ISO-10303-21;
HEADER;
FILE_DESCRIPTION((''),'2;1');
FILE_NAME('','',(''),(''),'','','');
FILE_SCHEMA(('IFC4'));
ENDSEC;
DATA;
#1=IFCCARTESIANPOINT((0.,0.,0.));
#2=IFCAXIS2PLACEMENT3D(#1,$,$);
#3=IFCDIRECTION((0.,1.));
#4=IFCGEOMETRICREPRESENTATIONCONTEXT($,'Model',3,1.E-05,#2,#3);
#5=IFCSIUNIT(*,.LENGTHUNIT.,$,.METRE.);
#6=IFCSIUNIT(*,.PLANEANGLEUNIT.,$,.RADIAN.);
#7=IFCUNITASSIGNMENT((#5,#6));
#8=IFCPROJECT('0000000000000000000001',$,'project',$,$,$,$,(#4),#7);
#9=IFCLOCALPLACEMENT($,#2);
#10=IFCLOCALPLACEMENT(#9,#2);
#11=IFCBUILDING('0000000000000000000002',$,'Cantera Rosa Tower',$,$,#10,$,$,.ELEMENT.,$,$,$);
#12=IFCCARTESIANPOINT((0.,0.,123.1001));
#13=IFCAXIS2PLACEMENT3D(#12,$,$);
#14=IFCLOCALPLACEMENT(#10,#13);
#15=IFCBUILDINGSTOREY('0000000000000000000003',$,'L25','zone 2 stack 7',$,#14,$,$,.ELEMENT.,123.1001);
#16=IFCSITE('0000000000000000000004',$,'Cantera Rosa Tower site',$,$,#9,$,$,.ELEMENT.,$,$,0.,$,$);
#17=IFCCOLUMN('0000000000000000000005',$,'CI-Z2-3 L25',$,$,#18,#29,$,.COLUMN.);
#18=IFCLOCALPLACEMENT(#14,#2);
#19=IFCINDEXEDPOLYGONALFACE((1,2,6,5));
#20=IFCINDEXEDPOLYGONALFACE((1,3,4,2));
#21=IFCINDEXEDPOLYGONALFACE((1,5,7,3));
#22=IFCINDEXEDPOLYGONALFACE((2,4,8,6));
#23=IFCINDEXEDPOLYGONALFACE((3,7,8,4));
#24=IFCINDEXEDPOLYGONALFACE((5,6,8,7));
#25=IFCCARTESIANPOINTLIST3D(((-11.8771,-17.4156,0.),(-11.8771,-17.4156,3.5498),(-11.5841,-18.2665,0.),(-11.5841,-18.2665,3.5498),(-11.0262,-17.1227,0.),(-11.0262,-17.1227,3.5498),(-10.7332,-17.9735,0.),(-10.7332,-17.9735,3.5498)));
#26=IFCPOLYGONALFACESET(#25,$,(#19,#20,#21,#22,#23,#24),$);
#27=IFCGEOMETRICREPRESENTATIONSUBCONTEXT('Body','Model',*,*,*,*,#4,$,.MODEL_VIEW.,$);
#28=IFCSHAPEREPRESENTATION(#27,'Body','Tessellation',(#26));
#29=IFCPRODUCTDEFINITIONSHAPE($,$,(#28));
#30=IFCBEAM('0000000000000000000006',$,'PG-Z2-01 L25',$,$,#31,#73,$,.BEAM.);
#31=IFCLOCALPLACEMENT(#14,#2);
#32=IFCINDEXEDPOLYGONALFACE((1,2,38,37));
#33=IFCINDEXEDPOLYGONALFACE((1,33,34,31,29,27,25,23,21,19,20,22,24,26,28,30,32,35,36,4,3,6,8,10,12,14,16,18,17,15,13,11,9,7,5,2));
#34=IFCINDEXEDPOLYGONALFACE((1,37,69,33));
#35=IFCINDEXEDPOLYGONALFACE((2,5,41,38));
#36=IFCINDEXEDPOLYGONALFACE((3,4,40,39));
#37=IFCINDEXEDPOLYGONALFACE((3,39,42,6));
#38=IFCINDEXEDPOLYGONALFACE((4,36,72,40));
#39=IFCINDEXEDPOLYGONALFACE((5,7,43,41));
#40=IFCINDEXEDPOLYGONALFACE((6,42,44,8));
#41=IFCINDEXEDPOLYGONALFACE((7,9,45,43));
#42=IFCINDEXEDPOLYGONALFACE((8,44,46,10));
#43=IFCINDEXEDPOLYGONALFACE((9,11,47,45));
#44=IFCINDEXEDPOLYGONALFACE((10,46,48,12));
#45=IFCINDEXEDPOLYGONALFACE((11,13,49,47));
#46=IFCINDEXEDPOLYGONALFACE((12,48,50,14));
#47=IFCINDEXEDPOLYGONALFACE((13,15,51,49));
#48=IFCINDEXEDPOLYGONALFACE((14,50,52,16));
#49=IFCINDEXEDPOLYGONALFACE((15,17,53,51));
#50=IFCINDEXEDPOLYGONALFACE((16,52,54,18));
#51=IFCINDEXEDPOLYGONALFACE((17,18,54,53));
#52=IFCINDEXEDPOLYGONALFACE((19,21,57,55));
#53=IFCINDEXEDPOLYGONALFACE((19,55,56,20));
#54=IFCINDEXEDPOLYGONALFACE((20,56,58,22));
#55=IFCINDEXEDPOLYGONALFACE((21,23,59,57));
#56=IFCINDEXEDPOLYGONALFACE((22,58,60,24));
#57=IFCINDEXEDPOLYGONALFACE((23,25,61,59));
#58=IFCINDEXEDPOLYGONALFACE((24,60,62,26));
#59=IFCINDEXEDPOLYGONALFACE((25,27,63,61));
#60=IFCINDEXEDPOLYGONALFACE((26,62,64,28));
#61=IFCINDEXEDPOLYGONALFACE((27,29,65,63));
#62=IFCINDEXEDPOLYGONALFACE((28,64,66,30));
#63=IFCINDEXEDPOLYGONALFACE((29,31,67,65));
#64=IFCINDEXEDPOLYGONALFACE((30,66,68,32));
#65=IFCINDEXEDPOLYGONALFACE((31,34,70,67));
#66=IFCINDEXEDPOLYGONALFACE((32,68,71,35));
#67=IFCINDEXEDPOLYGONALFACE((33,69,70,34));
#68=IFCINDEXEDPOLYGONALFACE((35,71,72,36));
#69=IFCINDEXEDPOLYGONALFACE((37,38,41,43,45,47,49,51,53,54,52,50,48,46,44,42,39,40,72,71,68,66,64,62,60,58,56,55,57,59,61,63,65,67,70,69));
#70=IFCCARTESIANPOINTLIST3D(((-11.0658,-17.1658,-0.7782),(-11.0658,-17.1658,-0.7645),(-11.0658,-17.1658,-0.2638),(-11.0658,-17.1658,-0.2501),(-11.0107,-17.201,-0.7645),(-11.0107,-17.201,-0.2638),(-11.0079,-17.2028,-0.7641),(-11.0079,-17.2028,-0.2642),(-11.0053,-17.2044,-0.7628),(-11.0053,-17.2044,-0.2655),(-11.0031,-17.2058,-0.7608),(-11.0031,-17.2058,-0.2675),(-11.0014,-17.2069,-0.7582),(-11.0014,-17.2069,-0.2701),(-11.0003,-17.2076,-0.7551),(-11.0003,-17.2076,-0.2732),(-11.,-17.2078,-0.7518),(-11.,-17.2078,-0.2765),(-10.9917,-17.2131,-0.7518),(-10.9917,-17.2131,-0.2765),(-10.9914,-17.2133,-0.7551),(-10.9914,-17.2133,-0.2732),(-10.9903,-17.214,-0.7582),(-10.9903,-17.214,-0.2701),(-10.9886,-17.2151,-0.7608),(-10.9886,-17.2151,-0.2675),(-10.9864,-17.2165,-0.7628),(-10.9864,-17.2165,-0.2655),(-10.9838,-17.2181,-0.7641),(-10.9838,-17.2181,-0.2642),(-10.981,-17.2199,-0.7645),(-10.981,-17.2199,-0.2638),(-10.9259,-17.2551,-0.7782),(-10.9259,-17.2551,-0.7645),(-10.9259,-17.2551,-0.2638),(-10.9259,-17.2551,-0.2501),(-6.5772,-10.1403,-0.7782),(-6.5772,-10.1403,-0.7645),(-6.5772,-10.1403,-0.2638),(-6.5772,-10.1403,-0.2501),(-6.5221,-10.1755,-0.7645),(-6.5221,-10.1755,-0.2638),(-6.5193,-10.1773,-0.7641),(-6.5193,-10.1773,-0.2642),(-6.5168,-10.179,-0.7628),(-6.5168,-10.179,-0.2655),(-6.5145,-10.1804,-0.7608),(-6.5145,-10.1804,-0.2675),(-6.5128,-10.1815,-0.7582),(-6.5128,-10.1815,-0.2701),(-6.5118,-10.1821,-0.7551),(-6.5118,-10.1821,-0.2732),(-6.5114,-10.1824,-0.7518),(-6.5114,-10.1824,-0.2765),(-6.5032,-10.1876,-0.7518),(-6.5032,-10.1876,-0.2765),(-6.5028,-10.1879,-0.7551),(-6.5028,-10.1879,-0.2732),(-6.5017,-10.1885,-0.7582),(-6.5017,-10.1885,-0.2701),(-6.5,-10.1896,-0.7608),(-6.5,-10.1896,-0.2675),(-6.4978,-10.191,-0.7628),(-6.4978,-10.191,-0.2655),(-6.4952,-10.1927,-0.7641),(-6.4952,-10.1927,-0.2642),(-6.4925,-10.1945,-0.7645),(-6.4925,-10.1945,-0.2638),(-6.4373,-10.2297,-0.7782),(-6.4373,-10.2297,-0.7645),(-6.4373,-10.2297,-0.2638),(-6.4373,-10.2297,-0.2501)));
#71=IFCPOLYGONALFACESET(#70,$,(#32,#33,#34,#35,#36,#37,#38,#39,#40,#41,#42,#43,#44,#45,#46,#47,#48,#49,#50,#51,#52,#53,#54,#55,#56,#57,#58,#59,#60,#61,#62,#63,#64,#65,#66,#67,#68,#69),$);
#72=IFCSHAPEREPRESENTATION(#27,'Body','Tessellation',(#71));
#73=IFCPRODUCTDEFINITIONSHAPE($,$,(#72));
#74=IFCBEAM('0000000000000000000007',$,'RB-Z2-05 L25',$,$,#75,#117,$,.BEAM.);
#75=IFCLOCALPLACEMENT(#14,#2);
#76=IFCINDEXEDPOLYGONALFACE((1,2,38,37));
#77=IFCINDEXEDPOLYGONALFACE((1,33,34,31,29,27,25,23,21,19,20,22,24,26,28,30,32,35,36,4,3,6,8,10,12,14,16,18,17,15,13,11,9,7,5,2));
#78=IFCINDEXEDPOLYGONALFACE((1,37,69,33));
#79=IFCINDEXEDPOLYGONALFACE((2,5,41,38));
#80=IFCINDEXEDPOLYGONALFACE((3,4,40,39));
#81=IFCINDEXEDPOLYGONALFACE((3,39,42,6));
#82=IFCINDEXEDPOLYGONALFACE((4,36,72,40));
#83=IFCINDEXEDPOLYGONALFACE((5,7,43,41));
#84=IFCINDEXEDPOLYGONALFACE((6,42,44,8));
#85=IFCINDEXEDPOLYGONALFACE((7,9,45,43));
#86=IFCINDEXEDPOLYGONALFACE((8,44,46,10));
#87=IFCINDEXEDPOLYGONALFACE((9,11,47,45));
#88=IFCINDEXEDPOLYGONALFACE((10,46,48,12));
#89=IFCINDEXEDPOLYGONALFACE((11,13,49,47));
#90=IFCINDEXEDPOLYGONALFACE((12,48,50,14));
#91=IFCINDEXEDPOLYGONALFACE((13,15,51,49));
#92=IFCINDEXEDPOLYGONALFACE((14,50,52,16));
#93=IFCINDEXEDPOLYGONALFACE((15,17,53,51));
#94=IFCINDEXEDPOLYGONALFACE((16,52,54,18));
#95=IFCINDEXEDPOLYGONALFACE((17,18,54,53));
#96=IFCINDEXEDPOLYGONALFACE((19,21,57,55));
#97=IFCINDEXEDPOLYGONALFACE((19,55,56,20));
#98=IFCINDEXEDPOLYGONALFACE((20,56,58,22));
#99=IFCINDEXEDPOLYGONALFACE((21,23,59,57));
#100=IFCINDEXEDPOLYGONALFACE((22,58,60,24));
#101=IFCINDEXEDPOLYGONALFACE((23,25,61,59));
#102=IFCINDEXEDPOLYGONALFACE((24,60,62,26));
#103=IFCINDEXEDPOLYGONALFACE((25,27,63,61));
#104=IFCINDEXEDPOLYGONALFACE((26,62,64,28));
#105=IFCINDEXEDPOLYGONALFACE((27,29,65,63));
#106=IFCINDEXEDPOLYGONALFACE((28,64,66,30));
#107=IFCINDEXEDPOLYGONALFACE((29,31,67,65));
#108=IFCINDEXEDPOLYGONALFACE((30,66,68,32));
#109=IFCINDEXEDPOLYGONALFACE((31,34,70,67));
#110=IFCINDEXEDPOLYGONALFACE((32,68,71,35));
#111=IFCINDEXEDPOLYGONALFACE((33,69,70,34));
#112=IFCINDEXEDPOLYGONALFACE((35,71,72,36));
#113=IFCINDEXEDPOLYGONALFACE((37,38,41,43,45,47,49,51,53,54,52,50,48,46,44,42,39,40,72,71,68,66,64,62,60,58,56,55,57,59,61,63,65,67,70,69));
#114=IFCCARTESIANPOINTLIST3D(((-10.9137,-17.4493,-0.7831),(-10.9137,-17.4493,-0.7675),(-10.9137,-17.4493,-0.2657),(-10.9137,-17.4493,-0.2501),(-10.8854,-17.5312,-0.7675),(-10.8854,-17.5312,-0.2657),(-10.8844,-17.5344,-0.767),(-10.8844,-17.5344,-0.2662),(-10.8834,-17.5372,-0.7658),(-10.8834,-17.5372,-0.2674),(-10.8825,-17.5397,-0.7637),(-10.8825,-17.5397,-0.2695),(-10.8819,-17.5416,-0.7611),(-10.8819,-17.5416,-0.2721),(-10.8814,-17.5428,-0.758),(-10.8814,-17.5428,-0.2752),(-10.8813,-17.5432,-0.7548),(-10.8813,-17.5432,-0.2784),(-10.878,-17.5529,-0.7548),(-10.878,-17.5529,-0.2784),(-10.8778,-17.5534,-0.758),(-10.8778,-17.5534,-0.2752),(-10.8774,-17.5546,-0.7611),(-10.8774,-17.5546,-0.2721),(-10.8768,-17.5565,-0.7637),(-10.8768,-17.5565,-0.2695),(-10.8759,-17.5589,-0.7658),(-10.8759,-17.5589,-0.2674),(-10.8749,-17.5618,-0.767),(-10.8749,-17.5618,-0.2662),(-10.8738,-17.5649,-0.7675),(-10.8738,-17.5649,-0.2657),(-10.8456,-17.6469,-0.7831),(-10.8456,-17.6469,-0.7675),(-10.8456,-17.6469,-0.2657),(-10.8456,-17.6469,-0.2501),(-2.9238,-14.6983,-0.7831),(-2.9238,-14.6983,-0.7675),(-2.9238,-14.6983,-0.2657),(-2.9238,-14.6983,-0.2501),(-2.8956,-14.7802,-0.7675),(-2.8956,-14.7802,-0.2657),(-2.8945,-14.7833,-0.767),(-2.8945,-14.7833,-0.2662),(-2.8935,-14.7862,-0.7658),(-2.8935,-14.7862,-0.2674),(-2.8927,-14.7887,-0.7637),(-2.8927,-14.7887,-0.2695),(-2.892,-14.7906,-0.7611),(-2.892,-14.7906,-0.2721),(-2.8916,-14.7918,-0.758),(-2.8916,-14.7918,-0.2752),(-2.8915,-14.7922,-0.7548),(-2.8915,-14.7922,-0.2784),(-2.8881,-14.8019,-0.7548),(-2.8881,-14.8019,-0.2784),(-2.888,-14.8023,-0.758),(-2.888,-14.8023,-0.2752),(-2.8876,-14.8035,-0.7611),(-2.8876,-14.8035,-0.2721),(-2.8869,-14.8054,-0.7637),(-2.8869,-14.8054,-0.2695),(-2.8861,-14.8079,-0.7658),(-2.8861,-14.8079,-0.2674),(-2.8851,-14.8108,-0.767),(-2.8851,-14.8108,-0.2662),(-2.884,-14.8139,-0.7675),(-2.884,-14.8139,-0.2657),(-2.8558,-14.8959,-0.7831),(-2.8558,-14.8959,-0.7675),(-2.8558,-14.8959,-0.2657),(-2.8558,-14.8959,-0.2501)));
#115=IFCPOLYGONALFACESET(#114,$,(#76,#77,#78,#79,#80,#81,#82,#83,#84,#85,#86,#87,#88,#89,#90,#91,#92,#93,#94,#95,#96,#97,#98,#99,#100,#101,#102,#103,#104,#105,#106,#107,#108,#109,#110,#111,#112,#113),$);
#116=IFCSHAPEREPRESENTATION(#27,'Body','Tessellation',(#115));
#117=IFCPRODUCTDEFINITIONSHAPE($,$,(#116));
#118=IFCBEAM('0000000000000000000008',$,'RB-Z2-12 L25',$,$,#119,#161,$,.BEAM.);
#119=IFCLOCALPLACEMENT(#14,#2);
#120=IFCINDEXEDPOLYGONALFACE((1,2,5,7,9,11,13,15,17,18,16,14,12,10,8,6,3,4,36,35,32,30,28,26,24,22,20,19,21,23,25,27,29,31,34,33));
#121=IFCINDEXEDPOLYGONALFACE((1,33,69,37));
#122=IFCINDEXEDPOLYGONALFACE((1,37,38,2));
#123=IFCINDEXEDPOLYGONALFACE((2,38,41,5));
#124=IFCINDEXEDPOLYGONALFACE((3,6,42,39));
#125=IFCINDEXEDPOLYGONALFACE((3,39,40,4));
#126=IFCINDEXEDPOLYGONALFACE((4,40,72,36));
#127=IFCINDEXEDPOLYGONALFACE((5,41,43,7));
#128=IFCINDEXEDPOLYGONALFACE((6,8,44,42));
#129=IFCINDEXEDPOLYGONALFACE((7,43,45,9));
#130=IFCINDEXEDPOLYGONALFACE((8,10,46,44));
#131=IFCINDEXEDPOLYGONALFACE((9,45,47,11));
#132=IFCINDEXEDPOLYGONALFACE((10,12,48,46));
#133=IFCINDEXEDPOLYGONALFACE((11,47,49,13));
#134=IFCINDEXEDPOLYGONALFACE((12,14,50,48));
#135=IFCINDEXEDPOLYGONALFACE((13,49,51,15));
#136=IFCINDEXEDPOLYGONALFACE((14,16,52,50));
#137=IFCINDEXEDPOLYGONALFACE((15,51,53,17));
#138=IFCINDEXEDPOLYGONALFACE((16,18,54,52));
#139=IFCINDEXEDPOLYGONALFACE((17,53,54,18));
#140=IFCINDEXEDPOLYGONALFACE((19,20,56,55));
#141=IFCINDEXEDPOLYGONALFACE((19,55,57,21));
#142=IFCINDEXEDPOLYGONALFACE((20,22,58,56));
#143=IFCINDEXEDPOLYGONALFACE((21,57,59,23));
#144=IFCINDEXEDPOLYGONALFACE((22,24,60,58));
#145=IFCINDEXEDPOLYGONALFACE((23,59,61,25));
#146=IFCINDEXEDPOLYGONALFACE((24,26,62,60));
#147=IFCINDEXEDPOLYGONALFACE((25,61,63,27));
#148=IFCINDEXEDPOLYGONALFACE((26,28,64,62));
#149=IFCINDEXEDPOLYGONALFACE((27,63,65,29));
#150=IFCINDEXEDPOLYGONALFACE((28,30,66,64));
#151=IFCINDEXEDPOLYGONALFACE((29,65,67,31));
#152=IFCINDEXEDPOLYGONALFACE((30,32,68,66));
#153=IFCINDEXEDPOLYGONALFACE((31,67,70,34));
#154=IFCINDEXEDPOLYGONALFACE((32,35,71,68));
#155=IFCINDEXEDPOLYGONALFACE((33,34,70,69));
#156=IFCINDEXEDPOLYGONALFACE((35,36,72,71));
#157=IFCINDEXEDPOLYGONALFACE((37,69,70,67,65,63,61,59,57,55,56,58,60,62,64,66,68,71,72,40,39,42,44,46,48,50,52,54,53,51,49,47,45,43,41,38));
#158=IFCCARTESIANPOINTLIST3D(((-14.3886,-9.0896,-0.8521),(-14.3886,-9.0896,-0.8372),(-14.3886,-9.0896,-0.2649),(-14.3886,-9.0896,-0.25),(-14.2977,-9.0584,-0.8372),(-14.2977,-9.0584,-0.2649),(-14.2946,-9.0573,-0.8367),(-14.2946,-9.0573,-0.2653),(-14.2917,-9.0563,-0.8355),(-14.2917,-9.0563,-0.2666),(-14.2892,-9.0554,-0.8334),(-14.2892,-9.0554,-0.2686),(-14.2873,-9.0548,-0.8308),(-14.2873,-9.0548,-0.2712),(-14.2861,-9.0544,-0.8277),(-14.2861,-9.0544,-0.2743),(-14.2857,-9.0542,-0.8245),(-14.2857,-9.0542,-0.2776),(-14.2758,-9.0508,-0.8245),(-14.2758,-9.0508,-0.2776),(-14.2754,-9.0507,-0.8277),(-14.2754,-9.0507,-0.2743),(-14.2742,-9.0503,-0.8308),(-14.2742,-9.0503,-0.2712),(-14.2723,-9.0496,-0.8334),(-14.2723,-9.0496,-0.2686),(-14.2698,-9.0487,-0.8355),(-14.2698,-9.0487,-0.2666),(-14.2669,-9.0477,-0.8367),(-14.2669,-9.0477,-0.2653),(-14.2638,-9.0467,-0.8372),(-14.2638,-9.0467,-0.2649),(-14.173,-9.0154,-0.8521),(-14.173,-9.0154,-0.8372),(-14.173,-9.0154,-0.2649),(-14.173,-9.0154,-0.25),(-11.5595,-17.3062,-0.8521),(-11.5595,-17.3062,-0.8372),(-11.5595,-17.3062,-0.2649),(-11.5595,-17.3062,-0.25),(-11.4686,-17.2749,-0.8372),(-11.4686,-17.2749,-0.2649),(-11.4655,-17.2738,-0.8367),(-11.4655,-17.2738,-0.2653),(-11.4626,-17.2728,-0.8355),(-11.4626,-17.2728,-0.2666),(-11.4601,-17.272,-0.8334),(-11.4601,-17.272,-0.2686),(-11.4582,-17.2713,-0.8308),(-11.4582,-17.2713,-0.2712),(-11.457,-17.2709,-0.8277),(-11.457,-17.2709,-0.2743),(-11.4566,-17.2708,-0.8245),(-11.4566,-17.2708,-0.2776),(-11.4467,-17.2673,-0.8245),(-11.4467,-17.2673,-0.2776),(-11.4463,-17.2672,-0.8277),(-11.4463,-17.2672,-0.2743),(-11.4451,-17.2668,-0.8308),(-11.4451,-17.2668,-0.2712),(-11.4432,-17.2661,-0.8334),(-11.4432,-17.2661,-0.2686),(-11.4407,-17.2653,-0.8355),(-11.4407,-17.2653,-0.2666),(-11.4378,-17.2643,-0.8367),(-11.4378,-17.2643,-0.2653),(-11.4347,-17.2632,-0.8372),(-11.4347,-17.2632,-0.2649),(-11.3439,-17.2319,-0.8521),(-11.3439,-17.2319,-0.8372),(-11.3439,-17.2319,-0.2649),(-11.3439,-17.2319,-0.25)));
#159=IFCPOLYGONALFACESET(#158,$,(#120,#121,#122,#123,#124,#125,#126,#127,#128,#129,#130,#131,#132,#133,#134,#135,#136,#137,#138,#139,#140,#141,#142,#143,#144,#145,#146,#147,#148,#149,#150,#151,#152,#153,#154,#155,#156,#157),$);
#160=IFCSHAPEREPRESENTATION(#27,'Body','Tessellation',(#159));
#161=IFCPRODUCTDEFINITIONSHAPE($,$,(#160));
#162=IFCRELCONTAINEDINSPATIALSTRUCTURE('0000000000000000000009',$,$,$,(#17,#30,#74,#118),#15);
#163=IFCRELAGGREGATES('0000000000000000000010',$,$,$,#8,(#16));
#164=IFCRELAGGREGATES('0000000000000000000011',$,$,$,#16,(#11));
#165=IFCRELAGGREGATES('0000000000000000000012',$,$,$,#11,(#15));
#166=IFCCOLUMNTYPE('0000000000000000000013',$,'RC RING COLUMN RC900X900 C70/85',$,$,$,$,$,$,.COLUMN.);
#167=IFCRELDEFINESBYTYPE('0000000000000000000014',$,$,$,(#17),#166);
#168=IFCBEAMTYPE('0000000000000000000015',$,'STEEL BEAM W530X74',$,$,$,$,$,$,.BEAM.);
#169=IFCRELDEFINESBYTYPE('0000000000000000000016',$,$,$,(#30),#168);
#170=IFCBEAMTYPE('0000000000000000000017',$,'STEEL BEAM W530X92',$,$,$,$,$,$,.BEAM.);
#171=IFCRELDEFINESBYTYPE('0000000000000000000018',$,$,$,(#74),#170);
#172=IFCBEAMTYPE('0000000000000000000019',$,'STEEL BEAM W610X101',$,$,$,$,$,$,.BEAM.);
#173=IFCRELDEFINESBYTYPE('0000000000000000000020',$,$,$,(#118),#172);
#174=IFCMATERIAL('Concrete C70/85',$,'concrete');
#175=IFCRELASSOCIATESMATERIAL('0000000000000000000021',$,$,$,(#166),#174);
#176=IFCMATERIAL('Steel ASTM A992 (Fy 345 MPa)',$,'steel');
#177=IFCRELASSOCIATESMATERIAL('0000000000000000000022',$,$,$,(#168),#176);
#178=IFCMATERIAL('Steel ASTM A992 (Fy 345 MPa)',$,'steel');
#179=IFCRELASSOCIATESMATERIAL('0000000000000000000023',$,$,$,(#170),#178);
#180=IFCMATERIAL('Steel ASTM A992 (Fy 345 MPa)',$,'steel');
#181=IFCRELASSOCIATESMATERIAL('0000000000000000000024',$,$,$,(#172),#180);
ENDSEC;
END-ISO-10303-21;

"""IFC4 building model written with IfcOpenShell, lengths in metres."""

from ifc_helpers import new_model, si_unit, direction, frame, origin, origin_2d, place, context, subcontext, project, spatial, rectangle, i_section, extrude, material, material_profile, profile_set, type_object, element, save


model = new_model("IFC4")

# Units and contexts
model_context = context("Model", 3, precision=1e-05, world=origin(), true_north=direction((0.0, 1.0)))
body_context = subcontext(model_context, "Body", "Model", "MODEL_VIEW")
ifc_project = project(units=[si_unit("LENGTHUNIT", "METRE"), si_unit("PLANEANGLEUNIT", "RADIAN")], contexts=[model_context])

# Site, building, storey
site_placement = place(None, origin())
site = spatial("IfcSite", under=ifc_project, at=site_placement, Name="Cantera Rosa Tower site", CompositionType="ELEMENT", RefElevation=0.0)
building_placement = place(site_placement, origin())
building = spatial("IfcBuilding", under=site, at=building_placement, Name="Cantera Rosa Tower", CompositionType="ELEMENT")
storey_placement = place(building_placement, frame((0.0, 0.0, 123.1001)))
storey = spatial("IfcBuildingStorey", under=building, at=storey_placement, Name="L25", Description="zone 2 stack 7", CompositionType="ELEMENT", Elevation=123.1001)

# Column
ifc_material_1 = material(Name="Concrete C70/85", Category="concrete")
ifc_material_profile_1 = material_profile(ifc_material_1, rectangle(XDim=0.8999, YDim=0.8999, at=origin_2d()), Name="RC RING COLUMN RC900X900 C70/85")
ifc_profile_set_1 = profile_set([ifc_material_profile_1], Name="Concrete C70/85")
column_type = type_object("IfcColumnType", Name="RC RING COLUMN RC900X900 C70/85", PredefinedType="COLUMN", material=ifc_profile_set_1)
column_placement = place(storey_placement, frame((-11.3052, -17.6946, 0.0), z_axis=(0.0, 0.0, 1.0), x_axis=(0.945519, 0.325568, 0.0)))
element("IfcColumn", 1, at=column_placement, inside=storey, type_object=column_type, Name="CI-Z2-3 L25", PredefinedType="COLUMN", context=body_context, shape_type="SweptSolid", body=[
    extrude(rectangle(XDim=0.8999, YDim=0.8999, at=origin_2d()), origin(), (0.0, 0.0, 1.0), 3.5498),
])

# Beams
ifc_material_2 = material(Name="Steel ASTM A992 (Fy 345 MPa)", Category="steel")
ifc_material_profile_2 = material_profile(ifc_material_2, i_section(OverallWidth=0.166, OverallDepth=0.5281, WebThickness=0.0098, FlangeThickness=0.0137, FilletRadius=0.0127, at=origin_2d()), Name="W530X74")
ifc_profile_set_2 = profile_set([ifc_material_profile_2], Name="Steel ASTM A992 (Fy 345 MPa)")
beam_type_1 = type_object("IfcBeamType", Name="STEEL BEAM W530X74", PredefinedType="BEAM", material=ifc_profile_set_2)
beam_1_placement = place(storey_placement, frame((-10.9958, -17.2104, -0.5142), z_axis=(0.538396, 0.842692, 0.0), x_axis=(-0.842692, 0.538396, 0.0)))
element("IfcBeam", 2, at=beam_1_placement, inside=storey, type_object=beam_type_1, Name="PG-Z2-01 L25", PredefinedType="BEAM", context=body_context, shape_type="SweptSolid", body=[
    extrude(i_section(OverallWidth=0.166, OverallDepth=0.5281, WebThickness=0.0098, FlangeThickness=0.0137, FilletRadius=0.0127, at=origin_2d()), origin(), (0.0, 0.0, 1.0), 8.3369),
])
ifc_material_3 = material(Name="Steel ASTM A992 (Fy 345 MPa)", Category="steel")
ifc_material_profile_3 = material_profile(ifc_material_3, i_section(OverallWidth=0.209, OverallDepth=0.533, WebThickness=0.0103, FlangeThickness=0.0156, FilletRadius=0.0127, at=origin_2d()), Name="W530X92")
ifc_profile_set_3 = profile_set([ifc_material_profile_3], Name="Steel ASTM A992 (Fy 345 MPa)")
beam_type_2 = type_object("IfcBeamType", Name="STEEL BEAM W530X92", PredefinedType="BEAM", material=ifc_profile_set_3)
beam_2_placement = place(storey_placement, frame((-10.8796, -17.5481, -0.5166), z_axis=(0.945523, 0.325556, 0.0), x_axis=(-0.325556, 0.945523, 0.0)))
element("IfcBeam", 3, at=beam_2_placement, inside=storey, type_object=beam_type_2, Name="RB-Z2-05 L25", PredefinedType="BEAM", context=body_context, shape_type="SweptSolid", body=[
    extrude(i_section(OverallWidth=0.209, OverallDepth=0.533, WebThickness=0.0103, FlangeThickness=0.0156, FilletRadius=0.0127, at=origin_2d()), origin(), (0.0, 0.0, 1.0), 8.4502),
])
ifc_material_4 = material(Name="Steel ASTM A992 (Fy 345 MPa)", Category="steel")
ifc_material_profile_4 = material_profile(ifc_material_4, i_section(OverallWidth=0.228, OverallDepth=0.6021, WebThickness=0.0105, FlangeThickness=0.0149, FilletRadius=0.0127, at=origin_2d()), Name="W610X101")
ifc_profile_set_4 = profile_set([ifc_material_profile_4], Name="Steel ASTM A992 (Fy 345 MPa)")
beam_type_3 = type_object("IfcBeamType", Name="STEEL BEAM W610X101", PredefinedType="BEAM", material=ifc_profile_set_4)
beam_3_placement = place(storey_placement, frame((-11.4517, -17.269, -0.551), z_axis=(-0.325559, 0.945522, 0.0), x_axis=(-0.945522, -0.325559, 0.0)))
element("IfcBeam", 4, at=beam_3_placement, inside=storey, type_object=beam_type_3, Name="RB-Z2-12 L25", PredefinedType="BEAM", context=body_context, shape_type="SweptSolid", body=[
    extrude(i_section(OverallWidth=0.228, OverallDepth=0.6021, WebThickness=0.0105, FlangeThickness=0.0149, FilletRadius=0.0127, at=origin_2d()), origin(), (0.0, 0.0, 1.0), 8.6899),
])

save(model, "model.ifc")
